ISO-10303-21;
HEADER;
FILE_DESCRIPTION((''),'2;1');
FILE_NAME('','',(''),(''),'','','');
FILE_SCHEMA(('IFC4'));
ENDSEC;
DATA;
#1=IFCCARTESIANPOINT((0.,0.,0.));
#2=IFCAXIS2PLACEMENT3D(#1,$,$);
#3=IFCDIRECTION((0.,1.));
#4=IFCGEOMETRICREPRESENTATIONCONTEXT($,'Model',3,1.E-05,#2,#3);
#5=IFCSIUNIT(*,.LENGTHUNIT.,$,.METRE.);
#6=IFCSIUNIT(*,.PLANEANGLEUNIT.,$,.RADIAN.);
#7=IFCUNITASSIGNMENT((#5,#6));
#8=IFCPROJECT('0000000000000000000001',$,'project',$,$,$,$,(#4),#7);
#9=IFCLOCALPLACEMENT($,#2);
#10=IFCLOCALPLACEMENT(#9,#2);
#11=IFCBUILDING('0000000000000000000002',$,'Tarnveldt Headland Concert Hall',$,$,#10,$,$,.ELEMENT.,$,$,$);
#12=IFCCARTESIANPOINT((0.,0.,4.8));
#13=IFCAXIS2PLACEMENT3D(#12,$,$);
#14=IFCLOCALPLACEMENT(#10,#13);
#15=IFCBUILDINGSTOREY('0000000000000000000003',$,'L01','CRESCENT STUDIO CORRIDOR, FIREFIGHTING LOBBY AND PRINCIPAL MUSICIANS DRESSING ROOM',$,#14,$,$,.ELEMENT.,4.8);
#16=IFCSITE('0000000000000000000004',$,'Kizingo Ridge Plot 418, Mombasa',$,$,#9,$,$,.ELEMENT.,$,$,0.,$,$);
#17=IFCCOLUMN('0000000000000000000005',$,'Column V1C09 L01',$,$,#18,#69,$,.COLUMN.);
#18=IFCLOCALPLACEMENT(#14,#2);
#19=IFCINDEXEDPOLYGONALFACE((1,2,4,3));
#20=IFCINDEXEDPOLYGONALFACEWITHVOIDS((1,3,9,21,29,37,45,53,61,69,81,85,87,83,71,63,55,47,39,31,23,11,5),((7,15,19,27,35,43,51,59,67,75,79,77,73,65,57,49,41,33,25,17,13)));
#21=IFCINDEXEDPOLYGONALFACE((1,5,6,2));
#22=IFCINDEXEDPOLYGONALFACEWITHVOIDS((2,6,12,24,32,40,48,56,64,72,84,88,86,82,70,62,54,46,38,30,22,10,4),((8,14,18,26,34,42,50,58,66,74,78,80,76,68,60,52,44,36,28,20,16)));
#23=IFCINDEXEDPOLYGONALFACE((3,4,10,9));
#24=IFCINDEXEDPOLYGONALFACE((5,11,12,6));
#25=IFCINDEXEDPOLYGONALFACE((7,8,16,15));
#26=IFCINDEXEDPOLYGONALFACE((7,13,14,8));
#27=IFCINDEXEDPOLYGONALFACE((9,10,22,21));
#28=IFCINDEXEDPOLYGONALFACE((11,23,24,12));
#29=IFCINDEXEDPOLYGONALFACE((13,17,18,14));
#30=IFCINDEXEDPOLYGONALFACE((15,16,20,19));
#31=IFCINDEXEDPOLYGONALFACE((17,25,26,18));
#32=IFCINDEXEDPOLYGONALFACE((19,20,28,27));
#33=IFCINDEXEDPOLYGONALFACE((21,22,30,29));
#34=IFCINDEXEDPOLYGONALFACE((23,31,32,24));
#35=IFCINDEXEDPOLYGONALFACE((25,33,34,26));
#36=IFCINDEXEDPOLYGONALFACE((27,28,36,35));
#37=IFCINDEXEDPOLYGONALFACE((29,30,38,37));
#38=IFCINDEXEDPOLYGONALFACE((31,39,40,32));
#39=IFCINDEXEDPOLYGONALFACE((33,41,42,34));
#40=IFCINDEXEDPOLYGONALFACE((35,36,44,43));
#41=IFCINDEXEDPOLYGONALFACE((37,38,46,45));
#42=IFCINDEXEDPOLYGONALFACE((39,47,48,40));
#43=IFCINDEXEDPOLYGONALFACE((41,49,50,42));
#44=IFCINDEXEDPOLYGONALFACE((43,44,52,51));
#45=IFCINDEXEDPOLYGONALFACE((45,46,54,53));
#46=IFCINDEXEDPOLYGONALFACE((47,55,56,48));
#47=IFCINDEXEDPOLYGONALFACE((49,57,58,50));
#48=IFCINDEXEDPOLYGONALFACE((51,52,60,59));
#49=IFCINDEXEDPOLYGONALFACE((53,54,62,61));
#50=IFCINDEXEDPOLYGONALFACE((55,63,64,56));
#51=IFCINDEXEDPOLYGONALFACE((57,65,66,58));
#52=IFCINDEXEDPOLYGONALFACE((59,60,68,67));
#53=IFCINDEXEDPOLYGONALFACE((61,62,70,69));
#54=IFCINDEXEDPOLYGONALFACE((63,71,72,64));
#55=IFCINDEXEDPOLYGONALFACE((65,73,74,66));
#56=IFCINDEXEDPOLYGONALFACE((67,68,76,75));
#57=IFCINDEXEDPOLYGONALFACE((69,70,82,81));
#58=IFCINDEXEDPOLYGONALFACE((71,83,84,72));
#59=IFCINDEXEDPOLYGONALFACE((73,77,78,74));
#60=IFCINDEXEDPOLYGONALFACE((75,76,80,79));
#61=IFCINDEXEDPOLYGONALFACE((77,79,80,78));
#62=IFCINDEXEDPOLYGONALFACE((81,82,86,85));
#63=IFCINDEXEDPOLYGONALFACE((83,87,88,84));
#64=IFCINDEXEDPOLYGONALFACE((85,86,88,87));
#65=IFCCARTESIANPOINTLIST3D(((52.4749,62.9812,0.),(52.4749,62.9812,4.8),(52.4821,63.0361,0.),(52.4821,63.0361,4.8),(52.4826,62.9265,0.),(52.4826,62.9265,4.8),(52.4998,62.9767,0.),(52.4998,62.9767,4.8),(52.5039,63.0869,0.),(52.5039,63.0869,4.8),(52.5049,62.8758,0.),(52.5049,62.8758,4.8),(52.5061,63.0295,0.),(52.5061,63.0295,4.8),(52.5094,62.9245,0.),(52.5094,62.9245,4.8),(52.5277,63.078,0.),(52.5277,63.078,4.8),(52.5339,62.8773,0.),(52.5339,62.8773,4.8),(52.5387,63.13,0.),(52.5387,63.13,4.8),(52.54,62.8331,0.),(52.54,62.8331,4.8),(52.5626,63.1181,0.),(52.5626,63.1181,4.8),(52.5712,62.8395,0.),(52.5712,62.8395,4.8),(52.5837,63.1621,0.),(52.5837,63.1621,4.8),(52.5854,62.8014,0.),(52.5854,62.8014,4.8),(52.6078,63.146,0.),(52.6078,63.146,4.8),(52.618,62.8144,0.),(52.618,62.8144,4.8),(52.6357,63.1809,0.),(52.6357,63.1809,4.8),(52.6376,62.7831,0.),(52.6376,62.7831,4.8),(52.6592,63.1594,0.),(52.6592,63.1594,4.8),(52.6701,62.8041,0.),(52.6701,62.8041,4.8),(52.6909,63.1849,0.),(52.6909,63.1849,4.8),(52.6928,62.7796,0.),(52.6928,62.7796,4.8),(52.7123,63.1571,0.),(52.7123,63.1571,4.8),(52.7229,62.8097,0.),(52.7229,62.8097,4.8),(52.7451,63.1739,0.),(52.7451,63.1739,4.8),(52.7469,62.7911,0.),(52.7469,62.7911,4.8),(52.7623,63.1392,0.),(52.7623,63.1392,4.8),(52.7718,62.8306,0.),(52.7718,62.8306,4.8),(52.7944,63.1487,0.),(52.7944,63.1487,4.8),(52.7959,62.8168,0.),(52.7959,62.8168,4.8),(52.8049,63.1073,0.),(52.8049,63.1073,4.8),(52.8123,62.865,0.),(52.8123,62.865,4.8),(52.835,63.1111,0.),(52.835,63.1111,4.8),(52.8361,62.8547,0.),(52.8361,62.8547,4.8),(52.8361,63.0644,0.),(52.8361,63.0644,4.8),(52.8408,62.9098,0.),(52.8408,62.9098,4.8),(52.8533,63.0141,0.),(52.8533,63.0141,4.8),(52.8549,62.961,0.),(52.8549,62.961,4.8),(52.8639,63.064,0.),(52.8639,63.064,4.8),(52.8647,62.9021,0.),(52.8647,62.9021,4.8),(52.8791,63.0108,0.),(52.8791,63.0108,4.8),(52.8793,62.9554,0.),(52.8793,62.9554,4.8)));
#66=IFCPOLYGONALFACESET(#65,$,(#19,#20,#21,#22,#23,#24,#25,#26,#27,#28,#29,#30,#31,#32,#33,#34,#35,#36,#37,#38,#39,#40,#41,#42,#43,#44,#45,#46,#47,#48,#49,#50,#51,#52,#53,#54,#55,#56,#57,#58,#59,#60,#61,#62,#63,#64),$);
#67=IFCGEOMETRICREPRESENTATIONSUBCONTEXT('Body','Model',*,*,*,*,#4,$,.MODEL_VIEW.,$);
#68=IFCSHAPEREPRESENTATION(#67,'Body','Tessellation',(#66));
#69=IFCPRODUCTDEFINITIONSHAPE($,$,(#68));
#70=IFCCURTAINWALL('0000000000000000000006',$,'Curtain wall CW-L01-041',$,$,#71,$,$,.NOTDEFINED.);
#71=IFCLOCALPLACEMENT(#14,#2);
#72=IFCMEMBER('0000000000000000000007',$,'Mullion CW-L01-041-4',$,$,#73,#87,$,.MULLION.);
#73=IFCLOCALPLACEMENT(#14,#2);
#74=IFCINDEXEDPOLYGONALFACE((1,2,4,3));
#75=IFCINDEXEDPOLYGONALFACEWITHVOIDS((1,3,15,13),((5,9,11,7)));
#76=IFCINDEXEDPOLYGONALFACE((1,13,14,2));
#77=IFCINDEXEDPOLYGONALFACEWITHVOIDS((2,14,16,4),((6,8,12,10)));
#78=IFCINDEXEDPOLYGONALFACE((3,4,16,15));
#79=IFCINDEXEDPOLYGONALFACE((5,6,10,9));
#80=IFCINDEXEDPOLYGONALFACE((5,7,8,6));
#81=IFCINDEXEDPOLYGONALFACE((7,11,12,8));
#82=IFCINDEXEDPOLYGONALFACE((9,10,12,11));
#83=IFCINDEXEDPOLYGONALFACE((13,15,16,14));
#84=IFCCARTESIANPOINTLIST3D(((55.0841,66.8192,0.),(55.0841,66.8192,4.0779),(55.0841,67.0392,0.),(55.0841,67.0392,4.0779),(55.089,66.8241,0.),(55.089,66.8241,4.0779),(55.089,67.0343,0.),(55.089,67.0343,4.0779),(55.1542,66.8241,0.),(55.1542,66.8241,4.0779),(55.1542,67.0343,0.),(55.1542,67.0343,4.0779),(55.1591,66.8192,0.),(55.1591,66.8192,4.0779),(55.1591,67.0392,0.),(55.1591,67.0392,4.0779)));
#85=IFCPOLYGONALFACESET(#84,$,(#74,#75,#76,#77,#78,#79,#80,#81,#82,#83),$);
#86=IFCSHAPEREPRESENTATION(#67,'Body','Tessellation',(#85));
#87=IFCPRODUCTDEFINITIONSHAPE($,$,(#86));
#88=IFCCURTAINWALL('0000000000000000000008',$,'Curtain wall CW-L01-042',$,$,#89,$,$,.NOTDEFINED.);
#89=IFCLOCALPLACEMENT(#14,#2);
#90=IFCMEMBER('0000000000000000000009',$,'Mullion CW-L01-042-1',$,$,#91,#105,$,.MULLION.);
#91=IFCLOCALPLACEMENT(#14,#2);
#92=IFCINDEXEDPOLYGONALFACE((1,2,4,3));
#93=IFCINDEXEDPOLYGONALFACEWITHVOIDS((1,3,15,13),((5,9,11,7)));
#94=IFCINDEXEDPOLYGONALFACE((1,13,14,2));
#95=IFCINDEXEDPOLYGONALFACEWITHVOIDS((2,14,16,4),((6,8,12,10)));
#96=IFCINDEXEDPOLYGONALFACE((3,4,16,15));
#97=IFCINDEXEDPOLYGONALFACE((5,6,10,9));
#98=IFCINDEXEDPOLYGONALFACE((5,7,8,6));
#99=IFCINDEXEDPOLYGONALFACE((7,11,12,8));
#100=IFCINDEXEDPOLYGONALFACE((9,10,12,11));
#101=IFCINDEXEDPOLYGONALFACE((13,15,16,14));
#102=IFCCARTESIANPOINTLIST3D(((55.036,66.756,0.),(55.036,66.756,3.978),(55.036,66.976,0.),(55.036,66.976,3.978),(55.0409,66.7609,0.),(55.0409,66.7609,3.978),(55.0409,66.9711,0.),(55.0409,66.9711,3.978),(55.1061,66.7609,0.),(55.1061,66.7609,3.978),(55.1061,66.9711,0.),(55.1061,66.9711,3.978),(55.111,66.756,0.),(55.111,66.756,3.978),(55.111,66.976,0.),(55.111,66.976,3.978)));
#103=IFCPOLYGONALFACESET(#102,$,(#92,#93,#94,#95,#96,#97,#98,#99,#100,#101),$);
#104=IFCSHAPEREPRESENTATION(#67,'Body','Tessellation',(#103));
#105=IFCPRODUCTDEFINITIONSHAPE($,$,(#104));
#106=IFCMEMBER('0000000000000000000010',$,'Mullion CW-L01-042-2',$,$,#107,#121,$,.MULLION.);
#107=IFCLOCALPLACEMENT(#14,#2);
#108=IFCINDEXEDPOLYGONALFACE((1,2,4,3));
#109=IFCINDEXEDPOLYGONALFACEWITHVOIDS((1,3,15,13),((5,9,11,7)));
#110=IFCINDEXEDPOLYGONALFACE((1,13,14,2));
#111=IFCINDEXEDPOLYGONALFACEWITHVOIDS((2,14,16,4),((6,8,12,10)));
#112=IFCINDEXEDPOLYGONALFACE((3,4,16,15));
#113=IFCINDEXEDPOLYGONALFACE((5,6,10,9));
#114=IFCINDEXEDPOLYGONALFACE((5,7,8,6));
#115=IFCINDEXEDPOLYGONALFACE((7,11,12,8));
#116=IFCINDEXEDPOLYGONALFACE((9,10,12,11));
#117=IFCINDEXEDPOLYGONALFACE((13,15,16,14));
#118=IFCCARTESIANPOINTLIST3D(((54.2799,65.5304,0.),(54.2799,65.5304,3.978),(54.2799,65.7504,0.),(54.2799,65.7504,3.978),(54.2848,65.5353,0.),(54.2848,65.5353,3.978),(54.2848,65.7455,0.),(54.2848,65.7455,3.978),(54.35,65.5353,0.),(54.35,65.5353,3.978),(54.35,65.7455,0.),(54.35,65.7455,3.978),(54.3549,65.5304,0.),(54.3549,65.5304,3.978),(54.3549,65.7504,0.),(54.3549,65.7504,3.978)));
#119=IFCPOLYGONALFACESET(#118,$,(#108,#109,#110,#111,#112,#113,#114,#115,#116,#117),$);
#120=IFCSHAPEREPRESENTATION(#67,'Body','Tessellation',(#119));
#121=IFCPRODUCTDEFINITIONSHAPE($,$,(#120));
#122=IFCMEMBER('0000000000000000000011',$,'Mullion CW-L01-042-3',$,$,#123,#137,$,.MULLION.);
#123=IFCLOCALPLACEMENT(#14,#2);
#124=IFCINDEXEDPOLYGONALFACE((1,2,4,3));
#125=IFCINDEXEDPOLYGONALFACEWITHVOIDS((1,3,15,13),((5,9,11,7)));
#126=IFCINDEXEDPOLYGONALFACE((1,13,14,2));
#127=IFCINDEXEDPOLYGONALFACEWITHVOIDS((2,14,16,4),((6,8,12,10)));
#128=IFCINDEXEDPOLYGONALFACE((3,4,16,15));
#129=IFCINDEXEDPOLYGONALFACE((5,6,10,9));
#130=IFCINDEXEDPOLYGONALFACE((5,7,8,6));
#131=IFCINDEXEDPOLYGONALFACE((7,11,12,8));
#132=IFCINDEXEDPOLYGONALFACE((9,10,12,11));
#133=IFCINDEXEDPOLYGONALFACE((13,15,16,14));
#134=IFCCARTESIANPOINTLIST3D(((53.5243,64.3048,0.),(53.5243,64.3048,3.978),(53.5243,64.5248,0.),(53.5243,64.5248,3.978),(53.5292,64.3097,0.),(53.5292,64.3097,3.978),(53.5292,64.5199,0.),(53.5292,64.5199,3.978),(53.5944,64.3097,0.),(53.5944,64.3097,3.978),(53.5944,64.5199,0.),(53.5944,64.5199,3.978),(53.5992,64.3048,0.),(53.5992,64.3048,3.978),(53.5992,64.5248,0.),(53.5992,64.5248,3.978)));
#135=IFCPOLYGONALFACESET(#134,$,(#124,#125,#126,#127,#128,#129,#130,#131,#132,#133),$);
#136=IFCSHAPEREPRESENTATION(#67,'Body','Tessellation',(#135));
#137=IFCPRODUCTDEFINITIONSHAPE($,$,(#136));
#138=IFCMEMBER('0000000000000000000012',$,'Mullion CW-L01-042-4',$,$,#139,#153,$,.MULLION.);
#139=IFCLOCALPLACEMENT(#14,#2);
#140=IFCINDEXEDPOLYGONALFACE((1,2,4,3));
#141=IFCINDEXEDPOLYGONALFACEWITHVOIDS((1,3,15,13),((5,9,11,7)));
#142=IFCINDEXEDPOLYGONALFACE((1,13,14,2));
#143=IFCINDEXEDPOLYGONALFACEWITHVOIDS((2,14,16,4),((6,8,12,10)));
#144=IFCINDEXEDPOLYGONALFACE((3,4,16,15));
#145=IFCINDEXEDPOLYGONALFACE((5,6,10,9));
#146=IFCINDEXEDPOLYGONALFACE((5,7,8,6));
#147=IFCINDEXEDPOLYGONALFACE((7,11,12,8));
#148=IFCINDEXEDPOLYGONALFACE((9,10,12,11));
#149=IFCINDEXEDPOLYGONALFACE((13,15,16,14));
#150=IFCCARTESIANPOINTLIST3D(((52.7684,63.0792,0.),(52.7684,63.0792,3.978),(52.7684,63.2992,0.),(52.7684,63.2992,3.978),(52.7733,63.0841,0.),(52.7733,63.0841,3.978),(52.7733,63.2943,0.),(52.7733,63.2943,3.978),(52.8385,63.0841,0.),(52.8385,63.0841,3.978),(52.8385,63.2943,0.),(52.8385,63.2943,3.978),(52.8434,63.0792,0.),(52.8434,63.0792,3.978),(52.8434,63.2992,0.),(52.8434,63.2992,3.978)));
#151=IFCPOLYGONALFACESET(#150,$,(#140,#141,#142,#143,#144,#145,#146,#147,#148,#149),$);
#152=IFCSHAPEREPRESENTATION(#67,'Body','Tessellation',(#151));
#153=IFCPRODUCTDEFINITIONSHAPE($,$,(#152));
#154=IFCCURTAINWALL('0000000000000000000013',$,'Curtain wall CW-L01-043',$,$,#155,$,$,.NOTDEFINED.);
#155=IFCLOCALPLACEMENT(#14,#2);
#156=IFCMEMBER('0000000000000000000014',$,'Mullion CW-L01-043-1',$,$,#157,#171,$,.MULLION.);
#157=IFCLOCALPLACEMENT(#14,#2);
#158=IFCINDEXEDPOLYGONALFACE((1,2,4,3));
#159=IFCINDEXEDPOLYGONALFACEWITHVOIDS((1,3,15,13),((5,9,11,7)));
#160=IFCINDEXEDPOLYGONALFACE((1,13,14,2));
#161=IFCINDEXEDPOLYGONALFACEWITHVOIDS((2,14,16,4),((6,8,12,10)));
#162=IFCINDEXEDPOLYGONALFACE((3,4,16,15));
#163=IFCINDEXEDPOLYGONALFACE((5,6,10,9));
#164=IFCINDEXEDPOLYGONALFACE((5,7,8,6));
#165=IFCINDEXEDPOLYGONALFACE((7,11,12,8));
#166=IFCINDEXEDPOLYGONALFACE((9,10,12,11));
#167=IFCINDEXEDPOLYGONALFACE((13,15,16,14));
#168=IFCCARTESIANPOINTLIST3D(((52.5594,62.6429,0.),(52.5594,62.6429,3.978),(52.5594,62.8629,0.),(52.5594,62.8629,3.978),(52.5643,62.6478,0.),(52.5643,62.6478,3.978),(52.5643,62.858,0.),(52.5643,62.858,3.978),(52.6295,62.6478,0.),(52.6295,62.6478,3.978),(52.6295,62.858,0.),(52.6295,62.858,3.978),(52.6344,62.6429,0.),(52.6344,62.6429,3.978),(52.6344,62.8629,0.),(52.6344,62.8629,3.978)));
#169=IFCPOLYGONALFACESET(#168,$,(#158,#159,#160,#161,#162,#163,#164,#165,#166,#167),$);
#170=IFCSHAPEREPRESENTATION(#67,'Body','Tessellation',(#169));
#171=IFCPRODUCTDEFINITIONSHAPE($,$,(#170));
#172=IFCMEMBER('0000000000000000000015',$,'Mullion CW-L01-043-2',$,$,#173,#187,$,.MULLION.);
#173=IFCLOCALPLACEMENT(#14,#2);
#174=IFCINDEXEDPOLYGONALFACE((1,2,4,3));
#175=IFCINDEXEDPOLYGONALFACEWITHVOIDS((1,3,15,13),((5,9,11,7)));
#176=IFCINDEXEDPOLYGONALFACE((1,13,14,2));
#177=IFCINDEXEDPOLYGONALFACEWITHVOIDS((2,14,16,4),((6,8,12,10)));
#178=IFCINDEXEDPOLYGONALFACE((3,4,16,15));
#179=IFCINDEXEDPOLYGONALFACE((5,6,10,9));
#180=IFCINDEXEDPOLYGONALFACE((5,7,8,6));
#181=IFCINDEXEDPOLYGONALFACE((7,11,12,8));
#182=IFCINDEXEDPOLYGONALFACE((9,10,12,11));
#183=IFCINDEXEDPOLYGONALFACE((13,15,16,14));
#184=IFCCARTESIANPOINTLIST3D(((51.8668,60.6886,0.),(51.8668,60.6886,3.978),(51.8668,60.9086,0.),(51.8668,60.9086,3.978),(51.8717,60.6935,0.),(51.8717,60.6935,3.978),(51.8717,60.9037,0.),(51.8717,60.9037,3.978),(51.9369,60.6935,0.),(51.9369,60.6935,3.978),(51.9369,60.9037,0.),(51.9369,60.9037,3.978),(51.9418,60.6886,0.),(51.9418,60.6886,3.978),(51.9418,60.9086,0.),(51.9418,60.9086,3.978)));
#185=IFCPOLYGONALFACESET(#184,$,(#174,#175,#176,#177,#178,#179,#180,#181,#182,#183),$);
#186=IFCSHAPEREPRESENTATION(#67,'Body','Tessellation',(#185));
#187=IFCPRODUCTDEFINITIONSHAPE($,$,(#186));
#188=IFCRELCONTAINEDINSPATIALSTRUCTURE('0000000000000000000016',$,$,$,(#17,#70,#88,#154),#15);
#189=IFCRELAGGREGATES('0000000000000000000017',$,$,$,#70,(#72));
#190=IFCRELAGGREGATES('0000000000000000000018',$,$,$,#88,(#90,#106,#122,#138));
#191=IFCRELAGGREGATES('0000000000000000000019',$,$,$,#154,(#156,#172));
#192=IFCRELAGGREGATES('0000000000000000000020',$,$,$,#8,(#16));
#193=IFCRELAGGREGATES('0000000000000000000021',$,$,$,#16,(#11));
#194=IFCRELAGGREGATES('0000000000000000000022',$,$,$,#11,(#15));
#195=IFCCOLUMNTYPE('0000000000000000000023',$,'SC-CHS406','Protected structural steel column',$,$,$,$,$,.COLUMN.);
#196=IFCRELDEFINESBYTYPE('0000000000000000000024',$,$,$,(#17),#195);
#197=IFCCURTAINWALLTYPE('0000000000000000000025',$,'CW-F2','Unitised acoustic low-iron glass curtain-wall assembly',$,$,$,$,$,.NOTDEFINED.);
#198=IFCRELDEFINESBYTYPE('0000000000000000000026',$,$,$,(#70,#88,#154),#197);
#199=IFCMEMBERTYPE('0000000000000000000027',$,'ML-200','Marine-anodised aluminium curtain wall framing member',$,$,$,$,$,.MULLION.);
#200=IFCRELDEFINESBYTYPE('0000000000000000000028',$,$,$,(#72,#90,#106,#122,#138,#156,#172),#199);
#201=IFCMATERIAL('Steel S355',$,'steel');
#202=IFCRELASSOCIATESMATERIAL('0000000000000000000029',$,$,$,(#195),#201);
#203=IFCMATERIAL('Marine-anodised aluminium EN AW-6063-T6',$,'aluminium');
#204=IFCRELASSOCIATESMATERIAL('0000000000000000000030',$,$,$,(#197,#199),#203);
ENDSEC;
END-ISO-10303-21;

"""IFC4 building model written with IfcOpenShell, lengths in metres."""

from ifc_helpers import new_model, si_unit, direction, frame, origin, origin_2d, place, context, subcontext, project, spatial, hollow_rectangle, hollow_circle, extrude, material, material_profile, profile_set, type_object, element, aggregate, save


model = new_model("IFC4")

# Units and contexts
model_context = context("Model", 3, precision=1e-05, world=origin(), true_north=direction((0.0, 1.0)))
body_context = subcontext(model_context, "Body", "Model", "MODEL_VIEW")
ifc_project = project(units=[si_unit("LENGTHUNIT", "METRE"), si_unit("PLANEANGLEUNIT", "RADIAN")], contexts=[model_context])

# Site, building, storey
site_placement = place(None, origin())
site = spatial("IfcSite", under=ifc_project, at=site_placement, Name="Kizingo Ridge Plot 418, Mombasa", CompositionType="ELEMENT", RefElevation=0.0)
building_placement = place(site_placement, origin())
building = spatial("IfcBuilding", under=site, at=building_placement, Name="Tarnveldt Headland Concert Hall", CompositionType="ELEMENT")
storey_placement = place(building_placement, frame((0.0, 0.0, 4.8)))
storey = spatial("IfcBuildingStorey", under=building, at=storey_placement, Name="L01", Description="CRESCENT STUDIO CORRIDOR, FIREFIGHTING LOBBY AND PRINCIPAL MUSICIANS DRESSING ROOM", CompositionType="ELEMENT", Elevation=4.8)

# Column
ifc_material_1 = material(Name="Steel S355", Category="steel")
ifc_material_profile_1 = material_profile(ifc_material_1, hollow_circle(Radius=0.2031, WallThickness=0.0249, at=origin_2d()), Name="CHS 406.4x25", Category="steel")
ifc_profile_set_1 = profile_set([ifc_material_profile_1], Name="Steel S355")
column_type = type_object("IfcColumnType", Name="SC-CHS406", Description="Protected structural steel column", PredefinedType="COLUMN", material=ifc_profile_set_1)
column_placement = place(storey_placement, frame((52.678, 62.9822, 0.0), z_axis=(0.0, 0.0, 1.0), x_axis=(-0.964142, 0.265388, 0.0)))
element("IfcColumn", 1, at=column_placement, inside=storey, type_object=column_type, Name="Column V1C09 L01", PredefinedType="COLUMN", context=body_context, shape_type="SweptSolid", body=[
    extrude(hollow_circle(Radius=0.2031, WallThickness=0.0249, at=origin_2d()), origin(), (0.0, 0.0, 1.0), 4.8),
])

# Curtain wall, member
ifc_material_2 = material(Name="Marine-anodised aluminium EN AW-6063-T6", Category="aluminium")
curtain_wall_type = type_object("IfcCurtainWallType", Name="CW-F2", Description="Unitised acoustic low-iron glass curtain-wall assembly", PredefinedType="NOTDEFINED", material=ifc_material_2)
curtain_wall_1_placement = place(storey_placement, origin())
curtain_wall_1 = element("IfcCurtainWall", 2, at=curtain_wall_1_placement, inside=storey, type_object=curtain_wall_type, Name="Curtain wall CW-L01-041", PredefinedType="NOTDEFINED")
ifc_material_profile_2 = material_profile(ifc_material_2, hollow_rectangle(XDim=0.075, YDim=0.22, WallThickness=0.0049, at=origin_2d()), Name="ALU MULLION 75x220x5", Category="aluminium")
ifc_profile_set_2 = profile_set([ifc_material_profile_2], Name="Marine-anodised aluminium EN AW-6063-T6")
member_type_1 = type_object("IfcMemberType", Name="ML-200", Description="Marine-anodised aluminium curtain wall framing member", PredefinedType="MULLION", material=ifc_profile_set_2)
member_1_placement = place(storey_placement, frame((55.1216, 66.9292, 0.0), z_axis=(0.0, 0.0, 1.0), x_axis=(1.0, 0.0, 0.0)))
member_1 = element("IfcMember", 3, at=member_1_placement, type_object=member_type_1, Name="Mullion CW-L01-041-4", PredefinedType="MULLION", context=body_context, shape_type="SweptSolid", body=[
    extrude(hollow_rectangle(XDim=0.075, YDim=0.22, WallThickness=0.0049, at=origin_2d()), origin(), (0.0, 0.0, 1.0), 4.0779),
])

# Curtain walls, members
curtain_wall_2_placement = place(storey_placement, origin())
curtain_wall_2 = element("IfcCurtainWall", 4, at=curtain_wall_2_placement, inside=storey, type_object=curtain_wall_type, Name="Curtain wall CW-L01-042", PredefinedType="NOTDEFINED")
member_2_placement = place(storey_placement, frame((55.0735, 66.866, 0.0), z_axis=(0.0, 0.0, 1.0), x_axis=(1.0, 0.0, 0.0)))
member_2 = element("IfcMember", 5, at=member_2_placement, type_object=member_type_1, Name="Mullion CW-L01-042-1", PredefinedType="MULLION", context=body_context, shape_type="SweptSolid", body=[
    extrude(hollow_rectangle(XDim=0.075, YDim=0.22, WallThickness=0.0049, at=origin_2d()), origin(), (0.0, 0.0, 1.0), 3.978),
])
member_3_placement = place(storey_placement, frame((54.3174, 65.6404, 0.0), z_axis=(0.0, 0.0, 1.0), x_axis=(1.0, 0.0, 0.0)))
member_3 = element("IfcMember", 6, at=member_3_placement, type_object=member_type_1, Name="Mullion CW-L01-042-2", PredefinedType="MULLION", context=body_context, shape_type="SweptSolid", body=[
    extrude(hollow_rectangle(XDim=0.075, YDim=0.22, WallThickness=0.0049, at=origin_2d()), origin(), (0.0, 0.0, 1.0), 3.978),
])
member_4_placement = place(storey_placement, frame((53.5618, 64.4148, 0.0), z_axis=(0.0, 0.0, 1.0), x_axis=(1.0, 0.0, 0.0)))
member_4 = element("IfcMember", 7, at=member_4_placement, type_object=member_type_1, Name="Mullion CW-L01-042-3", PredefinedType="MULLION", context=body_context, shape_type="SweptSolid", body=[
    extrude(hollow_rectangle(XDim=0.075, YDim=0.22, WallThickness=0.0049, at=origin_2d()), origin(), (0.0, 0.0, 1.0), 3.978),
])
member_5_placement = place(storey_placement, frame((52.8059, 63.1892, 0.0), z_axis=(0.0, 0.0, 1.0), x_axis=(1.0, 0.0, 0.0)))
member_5 = element("IfcMember", 8, at=member_5_placement, type_object=member_type_1, Name="Mullion CW-L01-042-4", PredefinedType="MULLION", context=body_context, shape_type="SweptSolid", body=[
    extrude(hollow_rectangle(XDim=0.075, YDim=0.22, WallThickness=0.0049, at=origin_2d()), origin(), (0.0, 0.0, 1.0), 3.978),
])
curtain_wall_3_placement = place(storey_placement, origin())
curtain_wall_3 = element("IfcCurtainWall", 9, at=curtain_wall_3_placement, inside=storey, type_object=curtain_wall_type, Name="Curtain wall CW-L01-043", PredefinedType="NOTDEFINED")
member_6_placement = place(storey_placement, frame((52.5969, 62.7529, 0.0), z_axis=(0.0, 0.0, 1.0), x_axis=(1.0, 0.0, 0.0)))
member_6 = element("IfcMember", 10, at=member_6_placement, type_object=member_type_1, Name="Mullion CW-L01-043-1", PredefinedType="MULLION", context=body_context, shape_type="SweptSolid", body=[
    extrude(hollow_rectangle(XDim=0.075, YDim=0.22, WallThickness=0.0049, at=origin_2d()), origin(), (0.0, 0.0, 1.0), 3.978),
])
member_7_placement = place(storey_placement, frame((51.9043, 60.7986, 0.0), z_axis=(0.0, 0.0, 1.0), x_axis=(1.0, 0.0, 0.0)))
member_7 = element("IfcMember", 11, at=member_7_placement, type_object=member_type_1, Name="Mullion CW-L01-043-2", PredefinedType="MULLION", context=body_context, shape_type="SweptSolid", body=[
    extrude(hollow_rectangle(XDim=0.075, YDim=0.22, WallThickness=0.0049, at=origin_2d()), origin(), (0.0, 0.0, 1.0), 3.978),
])

aggregate(curtain_wall_1, [member_1])
aggregate(curtain_wall_2, [member_2, member_3, member_4, member_5])
aggregate(curtain_wall_3, [member_6, member_7])

save(model, "model.ifc")
